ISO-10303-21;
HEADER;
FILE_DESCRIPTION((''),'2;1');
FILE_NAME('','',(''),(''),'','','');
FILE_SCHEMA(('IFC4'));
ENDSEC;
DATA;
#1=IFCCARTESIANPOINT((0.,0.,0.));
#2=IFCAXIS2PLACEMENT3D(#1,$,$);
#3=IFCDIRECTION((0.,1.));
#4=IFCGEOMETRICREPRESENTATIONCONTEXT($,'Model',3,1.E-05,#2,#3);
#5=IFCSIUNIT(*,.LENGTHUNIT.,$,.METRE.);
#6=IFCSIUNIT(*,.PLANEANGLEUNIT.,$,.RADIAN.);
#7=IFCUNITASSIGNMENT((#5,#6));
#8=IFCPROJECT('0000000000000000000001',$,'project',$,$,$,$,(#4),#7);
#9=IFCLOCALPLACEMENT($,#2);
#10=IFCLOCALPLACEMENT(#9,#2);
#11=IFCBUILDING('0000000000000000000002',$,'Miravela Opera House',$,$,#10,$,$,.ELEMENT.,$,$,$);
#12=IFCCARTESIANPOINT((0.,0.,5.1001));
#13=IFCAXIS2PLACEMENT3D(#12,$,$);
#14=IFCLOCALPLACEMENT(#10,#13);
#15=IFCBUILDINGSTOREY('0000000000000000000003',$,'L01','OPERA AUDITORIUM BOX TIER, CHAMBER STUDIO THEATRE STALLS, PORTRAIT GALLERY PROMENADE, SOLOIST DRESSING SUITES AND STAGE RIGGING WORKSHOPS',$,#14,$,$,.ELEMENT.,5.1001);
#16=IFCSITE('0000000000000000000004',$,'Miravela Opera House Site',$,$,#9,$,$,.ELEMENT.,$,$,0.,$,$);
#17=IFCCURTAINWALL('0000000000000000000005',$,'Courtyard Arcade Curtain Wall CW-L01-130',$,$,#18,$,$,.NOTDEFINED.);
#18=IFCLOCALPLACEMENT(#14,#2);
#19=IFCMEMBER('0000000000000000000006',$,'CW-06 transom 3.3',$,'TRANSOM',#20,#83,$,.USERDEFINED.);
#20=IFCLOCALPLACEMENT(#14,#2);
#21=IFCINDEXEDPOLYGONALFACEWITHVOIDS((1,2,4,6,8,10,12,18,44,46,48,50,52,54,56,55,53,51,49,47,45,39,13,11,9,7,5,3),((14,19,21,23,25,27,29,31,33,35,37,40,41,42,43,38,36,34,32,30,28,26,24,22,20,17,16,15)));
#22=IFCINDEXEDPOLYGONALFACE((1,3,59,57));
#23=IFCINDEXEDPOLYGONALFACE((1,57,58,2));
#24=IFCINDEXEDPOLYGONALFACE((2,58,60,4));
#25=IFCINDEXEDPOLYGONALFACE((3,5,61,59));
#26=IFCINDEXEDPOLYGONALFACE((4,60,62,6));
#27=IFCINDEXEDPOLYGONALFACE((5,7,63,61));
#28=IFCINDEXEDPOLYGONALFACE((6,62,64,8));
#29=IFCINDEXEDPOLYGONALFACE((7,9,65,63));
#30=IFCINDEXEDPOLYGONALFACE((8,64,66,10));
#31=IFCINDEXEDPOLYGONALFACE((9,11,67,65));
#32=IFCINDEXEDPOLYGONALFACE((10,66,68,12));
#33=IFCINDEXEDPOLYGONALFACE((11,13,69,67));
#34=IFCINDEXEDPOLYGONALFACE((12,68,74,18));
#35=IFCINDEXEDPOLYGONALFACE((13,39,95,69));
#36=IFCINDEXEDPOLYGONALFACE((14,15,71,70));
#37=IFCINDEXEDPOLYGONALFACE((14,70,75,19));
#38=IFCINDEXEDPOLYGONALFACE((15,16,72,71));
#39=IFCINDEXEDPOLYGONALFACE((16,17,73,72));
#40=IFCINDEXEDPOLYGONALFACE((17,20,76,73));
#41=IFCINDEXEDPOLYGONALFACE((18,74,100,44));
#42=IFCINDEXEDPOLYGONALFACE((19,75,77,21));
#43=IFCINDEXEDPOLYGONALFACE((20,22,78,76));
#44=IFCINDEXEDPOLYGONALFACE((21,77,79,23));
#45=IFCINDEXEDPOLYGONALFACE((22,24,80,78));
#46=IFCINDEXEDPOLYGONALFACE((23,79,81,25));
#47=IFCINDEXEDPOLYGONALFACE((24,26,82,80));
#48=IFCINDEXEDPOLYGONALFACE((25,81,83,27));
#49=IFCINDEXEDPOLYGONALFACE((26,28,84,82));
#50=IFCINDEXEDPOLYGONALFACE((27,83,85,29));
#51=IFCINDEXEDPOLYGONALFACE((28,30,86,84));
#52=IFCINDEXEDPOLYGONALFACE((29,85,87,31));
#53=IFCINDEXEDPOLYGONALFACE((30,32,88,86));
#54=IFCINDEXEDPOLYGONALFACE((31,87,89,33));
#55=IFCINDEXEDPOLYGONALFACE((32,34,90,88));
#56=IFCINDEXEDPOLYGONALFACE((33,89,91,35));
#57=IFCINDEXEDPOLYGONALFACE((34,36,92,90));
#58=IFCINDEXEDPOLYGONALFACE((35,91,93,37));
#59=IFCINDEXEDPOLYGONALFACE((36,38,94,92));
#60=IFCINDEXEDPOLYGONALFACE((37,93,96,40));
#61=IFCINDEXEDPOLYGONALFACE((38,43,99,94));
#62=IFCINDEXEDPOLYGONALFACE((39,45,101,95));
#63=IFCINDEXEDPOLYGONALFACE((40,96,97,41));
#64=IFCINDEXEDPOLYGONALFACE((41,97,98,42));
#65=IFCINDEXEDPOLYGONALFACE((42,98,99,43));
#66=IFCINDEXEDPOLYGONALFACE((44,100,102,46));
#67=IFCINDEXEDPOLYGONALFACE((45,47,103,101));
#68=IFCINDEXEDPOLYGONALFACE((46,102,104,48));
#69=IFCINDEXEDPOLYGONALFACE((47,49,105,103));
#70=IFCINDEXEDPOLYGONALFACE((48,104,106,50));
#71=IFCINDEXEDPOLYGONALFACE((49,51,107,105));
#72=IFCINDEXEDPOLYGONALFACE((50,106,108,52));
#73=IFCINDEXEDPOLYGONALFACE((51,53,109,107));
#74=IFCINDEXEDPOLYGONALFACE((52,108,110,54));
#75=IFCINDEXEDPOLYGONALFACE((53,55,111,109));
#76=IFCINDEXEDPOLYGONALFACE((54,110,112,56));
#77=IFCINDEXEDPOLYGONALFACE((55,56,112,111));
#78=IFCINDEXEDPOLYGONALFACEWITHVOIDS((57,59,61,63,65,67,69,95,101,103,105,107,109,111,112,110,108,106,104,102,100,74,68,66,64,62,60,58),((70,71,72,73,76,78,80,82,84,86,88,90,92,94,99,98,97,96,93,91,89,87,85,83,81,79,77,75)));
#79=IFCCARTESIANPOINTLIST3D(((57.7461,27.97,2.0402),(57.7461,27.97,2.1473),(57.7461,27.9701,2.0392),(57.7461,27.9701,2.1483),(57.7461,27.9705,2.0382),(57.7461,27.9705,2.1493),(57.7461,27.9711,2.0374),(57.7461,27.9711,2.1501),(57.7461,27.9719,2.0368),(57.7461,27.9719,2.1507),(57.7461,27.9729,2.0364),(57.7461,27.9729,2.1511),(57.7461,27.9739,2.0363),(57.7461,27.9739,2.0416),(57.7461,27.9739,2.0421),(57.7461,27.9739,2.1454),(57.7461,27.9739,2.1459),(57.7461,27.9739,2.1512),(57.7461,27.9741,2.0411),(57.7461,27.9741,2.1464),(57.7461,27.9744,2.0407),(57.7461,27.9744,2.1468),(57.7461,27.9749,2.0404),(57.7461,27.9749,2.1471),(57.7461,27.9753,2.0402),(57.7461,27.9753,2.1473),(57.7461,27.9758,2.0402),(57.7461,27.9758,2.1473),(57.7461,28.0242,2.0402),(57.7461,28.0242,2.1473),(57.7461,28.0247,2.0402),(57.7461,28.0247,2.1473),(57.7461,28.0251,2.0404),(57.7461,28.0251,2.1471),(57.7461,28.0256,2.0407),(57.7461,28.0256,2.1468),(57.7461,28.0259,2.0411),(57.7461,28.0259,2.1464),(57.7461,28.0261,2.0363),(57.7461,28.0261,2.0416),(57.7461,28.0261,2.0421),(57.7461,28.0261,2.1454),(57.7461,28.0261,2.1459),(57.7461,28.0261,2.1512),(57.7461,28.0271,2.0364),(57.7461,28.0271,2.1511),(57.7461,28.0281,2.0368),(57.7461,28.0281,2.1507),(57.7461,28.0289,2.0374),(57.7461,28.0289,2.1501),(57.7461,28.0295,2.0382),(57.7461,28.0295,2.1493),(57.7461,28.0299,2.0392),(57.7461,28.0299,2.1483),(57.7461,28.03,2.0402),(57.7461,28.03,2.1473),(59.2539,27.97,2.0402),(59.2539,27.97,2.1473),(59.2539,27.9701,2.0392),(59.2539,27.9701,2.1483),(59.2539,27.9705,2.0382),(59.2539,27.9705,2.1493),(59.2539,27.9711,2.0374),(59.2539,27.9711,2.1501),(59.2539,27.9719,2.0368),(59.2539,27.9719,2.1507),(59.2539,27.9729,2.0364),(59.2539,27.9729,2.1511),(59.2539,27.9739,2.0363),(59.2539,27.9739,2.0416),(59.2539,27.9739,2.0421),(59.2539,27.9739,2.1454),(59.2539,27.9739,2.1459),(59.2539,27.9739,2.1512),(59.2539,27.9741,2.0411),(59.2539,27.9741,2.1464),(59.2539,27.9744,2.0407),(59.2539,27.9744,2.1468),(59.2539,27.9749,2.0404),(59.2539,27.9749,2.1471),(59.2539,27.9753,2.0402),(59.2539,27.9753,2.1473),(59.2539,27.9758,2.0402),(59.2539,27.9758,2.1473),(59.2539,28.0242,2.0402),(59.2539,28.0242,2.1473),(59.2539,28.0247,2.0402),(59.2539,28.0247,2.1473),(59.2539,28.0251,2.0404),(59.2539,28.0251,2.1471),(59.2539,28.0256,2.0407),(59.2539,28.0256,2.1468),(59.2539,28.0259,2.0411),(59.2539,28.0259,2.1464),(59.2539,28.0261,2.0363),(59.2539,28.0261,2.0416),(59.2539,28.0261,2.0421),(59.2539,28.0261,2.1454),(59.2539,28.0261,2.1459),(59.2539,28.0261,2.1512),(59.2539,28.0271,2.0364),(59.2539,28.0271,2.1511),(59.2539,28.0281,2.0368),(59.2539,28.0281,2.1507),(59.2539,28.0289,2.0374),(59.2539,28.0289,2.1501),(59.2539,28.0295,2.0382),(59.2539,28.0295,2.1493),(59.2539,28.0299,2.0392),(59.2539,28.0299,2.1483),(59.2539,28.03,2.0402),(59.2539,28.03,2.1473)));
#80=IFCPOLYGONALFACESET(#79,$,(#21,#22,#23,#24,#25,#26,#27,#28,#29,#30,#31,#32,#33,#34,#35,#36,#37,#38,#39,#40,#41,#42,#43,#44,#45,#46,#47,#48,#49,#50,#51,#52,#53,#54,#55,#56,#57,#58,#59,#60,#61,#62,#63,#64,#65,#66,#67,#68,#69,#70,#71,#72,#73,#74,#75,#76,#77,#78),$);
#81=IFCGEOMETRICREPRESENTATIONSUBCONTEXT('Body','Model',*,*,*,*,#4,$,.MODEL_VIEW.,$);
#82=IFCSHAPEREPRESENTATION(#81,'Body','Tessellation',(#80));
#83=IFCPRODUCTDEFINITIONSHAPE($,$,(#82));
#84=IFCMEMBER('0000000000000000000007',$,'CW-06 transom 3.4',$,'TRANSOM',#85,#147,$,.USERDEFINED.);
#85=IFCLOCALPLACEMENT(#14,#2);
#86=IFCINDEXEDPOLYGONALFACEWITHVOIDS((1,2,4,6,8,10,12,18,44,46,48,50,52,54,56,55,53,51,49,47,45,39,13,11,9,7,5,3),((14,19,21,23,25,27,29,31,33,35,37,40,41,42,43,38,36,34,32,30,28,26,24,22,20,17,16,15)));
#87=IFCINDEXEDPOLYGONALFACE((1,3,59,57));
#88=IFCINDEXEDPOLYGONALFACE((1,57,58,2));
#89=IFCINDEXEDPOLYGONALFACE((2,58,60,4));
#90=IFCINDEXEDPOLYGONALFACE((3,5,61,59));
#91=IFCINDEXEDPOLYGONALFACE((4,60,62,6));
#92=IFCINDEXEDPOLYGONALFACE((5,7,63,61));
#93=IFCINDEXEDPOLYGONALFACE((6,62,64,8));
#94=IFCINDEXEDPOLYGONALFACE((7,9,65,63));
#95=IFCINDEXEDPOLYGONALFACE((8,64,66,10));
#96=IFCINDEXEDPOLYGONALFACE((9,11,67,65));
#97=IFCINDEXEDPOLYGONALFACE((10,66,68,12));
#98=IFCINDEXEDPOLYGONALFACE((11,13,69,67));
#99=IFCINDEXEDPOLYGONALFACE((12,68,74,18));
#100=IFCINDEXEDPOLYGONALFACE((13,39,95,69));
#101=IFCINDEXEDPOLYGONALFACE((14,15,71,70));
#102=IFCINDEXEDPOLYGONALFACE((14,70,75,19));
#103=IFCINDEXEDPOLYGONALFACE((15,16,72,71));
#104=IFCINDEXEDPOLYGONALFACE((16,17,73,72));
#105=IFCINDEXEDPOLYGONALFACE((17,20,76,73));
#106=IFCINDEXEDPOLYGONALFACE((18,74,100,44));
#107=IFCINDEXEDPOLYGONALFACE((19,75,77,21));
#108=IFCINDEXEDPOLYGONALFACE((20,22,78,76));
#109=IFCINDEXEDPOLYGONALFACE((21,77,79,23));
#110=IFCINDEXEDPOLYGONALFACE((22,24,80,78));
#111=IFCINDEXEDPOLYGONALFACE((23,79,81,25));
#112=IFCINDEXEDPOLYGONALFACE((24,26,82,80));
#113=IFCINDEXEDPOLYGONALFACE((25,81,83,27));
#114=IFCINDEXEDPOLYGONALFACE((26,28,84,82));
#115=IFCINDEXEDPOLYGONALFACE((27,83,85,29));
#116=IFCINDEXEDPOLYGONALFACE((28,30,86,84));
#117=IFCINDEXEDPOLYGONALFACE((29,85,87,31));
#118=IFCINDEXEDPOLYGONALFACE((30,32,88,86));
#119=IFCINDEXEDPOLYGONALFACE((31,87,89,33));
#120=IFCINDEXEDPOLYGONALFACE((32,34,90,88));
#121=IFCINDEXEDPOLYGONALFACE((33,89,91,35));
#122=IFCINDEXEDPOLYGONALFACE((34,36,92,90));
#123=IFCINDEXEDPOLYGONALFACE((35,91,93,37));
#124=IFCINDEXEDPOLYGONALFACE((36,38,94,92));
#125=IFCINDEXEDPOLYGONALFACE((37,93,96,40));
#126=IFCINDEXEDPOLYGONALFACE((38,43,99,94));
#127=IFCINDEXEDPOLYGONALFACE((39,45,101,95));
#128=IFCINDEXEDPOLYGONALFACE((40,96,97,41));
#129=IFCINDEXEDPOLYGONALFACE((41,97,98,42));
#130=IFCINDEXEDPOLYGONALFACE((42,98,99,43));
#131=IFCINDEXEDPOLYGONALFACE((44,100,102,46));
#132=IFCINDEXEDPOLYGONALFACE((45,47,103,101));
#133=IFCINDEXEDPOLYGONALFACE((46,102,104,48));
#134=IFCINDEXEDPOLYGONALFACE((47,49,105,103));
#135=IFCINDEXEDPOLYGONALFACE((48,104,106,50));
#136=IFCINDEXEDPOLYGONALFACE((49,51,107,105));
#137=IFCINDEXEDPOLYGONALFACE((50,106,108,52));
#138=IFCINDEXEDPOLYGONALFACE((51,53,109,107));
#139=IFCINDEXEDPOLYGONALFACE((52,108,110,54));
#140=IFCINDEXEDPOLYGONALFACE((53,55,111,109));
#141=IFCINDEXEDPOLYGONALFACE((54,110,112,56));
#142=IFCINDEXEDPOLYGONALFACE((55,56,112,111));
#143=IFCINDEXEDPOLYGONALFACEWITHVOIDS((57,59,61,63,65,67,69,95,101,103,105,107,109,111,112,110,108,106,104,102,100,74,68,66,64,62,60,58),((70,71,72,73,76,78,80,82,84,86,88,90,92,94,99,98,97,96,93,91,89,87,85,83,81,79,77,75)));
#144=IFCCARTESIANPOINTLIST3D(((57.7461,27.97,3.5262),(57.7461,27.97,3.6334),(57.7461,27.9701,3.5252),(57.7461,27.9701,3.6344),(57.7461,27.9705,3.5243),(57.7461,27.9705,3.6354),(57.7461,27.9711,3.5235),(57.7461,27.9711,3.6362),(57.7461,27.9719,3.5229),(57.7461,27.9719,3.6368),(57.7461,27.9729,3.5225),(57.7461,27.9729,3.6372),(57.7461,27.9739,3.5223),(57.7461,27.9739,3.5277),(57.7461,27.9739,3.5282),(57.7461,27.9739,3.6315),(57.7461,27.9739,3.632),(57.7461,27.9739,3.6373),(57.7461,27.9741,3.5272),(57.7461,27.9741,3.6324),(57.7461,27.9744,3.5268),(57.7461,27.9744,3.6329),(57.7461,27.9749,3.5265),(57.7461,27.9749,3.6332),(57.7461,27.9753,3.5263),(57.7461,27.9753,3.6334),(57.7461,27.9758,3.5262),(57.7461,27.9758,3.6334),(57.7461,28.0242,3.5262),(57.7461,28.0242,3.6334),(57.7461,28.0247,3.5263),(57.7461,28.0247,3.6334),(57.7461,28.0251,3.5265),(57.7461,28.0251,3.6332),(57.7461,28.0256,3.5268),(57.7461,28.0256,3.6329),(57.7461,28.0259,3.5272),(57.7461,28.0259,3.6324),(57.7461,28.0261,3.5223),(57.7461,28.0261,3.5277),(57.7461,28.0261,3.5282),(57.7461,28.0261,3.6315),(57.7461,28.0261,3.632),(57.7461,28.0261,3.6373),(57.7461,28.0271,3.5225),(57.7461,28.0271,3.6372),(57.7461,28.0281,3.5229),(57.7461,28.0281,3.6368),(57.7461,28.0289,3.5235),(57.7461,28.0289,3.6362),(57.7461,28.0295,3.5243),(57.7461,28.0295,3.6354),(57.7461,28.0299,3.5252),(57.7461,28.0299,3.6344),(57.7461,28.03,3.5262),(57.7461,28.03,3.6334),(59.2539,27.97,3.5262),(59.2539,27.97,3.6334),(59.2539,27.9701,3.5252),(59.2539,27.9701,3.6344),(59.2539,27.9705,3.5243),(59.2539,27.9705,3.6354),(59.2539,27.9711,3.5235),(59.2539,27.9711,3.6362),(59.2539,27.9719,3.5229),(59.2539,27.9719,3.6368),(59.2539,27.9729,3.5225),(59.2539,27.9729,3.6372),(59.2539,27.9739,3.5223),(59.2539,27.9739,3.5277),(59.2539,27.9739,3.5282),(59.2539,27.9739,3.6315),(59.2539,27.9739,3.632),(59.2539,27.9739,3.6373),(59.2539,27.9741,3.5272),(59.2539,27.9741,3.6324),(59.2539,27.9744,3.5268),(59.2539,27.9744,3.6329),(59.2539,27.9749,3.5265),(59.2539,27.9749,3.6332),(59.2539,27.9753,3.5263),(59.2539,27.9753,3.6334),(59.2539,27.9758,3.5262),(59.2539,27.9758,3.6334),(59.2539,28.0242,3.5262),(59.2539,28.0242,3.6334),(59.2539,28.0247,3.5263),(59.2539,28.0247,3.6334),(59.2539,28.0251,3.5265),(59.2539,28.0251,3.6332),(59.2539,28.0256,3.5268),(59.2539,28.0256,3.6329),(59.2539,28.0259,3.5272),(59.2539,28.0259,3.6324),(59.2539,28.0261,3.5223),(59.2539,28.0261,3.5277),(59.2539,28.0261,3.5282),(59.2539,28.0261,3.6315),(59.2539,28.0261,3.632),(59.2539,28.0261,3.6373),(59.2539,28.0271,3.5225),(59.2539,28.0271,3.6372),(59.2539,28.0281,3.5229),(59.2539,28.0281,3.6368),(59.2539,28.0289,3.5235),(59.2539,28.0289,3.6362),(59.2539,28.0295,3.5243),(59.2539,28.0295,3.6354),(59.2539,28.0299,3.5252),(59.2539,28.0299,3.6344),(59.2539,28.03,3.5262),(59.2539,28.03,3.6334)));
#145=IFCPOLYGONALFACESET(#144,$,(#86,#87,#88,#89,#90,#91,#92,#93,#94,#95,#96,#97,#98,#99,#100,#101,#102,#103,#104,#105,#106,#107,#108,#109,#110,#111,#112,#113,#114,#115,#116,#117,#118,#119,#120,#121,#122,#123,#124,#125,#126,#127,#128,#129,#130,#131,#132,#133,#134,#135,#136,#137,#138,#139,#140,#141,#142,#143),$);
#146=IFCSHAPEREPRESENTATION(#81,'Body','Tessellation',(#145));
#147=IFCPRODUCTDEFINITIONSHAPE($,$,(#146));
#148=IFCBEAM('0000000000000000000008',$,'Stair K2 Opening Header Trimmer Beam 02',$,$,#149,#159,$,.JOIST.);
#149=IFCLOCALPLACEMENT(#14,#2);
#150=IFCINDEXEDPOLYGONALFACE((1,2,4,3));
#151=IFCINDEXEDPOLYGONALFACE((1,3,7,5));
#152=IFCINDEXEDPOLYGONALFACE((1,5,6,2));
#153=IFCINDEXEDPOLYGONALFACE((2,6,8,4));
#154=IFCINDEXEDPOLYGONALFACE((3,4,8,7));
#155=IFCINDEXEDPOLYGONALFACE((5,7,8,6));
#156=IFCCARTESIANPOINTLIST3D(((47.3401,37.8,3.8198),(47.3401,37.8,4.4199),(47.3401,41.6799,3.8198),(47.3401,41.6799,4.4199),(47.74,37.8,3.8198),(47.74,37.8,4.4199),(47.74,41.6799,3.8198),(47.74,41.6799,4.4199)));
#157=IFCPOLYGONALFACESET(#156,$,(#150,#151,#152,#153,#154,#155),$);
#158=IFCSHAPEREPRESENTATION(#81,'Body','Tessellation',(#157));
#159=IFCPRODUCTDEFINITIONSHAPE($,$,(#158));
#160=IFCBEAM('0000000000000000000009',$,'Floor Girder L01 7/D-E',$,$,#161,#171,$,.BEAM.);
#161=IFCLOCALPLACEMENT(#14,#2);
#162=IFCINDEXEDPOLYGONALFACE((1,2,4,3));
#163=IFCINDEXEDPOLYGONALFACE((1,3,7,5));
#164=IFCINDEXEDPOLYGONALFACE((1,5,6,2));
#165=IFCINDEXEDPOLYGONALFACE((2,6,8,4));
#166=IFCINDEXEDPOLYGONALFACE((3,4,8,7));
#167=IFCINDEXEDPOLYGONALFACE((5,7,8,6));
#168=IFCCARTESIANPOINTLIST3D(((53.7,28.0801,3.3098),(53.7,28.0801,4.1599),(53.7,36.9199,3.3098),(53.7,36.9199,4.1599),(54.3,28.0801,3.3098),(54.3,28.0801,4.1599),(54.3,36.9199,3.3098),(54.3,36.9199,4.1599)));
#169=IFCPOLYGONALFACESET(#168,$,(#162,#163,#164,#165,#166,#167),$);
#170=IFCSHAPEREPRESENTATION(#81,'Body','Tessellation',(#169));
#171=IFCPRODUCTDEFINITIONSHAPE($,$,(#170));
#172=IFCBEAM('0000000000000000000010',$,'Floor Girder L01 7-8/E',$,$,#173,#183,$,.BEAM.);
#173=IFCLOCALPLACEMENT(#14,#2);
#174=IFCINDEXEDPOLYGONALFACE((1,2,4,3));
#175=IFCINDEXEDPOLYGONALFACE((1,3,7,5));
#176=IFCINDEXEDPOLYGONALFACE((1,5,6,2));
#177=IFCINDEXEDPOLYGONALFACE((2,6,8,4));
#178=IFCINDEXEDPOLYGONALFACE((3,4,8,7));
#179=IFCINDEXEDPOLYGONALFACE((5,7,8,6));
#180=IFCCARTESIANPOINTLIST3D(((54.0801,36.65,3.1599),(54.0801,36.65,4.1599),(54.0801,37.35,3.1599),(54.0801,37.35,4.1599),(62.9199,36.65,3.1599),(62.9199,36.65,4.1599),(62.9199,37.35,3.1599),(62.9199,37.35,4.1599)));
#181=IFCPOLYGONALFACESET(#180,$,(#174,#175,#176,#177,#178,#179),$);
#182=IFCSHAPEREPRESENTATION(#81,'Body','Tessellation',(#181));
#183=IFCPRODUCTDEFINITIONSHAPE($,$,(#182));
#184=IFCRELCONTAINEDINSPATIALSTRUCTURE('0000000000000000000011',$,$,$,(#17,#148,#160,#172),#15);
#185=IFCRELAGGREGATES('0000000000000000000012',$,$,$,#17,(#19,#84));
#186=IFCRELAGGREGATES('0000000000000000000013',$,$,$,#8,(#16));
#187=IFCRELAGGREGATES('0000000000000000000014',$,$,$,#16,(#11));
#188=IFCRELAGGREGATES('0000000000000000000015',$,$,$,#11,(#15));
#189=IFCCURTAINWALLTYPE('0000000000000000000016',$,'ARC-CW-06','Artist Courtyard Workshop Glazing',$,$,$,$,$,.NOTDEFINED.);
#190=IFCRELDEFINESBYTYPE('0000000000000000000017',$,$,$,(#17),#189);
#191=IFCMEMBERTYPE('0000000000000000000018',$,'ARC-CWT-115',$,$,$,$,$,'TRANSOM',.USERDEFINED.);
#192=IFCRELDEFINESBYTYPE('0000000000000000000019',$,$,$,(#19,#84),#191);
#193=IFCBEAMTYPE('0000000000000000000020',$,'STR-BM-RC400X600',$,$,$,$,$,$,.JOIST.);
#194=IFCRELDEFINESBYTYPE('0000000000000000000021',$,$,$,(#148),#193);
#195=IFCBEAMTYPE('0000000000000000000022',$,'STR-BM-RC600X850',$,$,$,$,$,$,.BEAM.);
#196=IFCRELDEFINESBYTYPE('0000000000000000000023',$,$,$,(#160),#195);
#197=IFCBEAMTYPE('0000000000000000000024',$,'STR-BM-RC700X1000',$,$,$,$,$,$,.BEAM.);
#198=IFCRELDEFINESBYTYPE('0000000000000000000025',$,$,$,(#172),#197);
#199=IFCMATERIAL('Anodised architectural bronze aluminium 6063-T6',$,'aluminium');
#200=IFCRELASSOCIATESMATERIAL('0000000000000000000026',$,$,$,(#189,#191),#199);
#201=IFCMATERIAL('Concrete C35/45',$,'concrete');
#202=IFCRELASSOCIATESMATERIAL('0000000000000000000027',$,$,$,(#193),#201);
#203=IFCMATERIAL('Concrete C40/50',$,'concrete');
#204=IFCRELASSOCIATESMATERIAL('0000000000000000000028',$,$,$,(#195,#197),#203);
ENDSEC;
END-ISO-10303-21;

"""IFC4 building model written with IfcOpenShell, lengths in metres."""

from ifc_helpers import new_model, si_unit, direction, frame, origin, origin_2d, place, context, subcontext, project, spatial, rectangle, hollow_rectangle, extrude, material, material_profile, profile_set, type_object, element, aggregate, save


model = new_model("IFC4")

# Units and contexts
model_context = context("Model", 3, precision=1e-05, world=origin(), true_north=direction((0.0, 1.0)))
body_context = subcontext(model_context, "Body", "Model", "MODEL_VIEW")
ifc_project = project(units=[si_unit("LENGTHUNIT", "METRE"), si_unit("PLANEANGLEUNIT", "RADIAN")], contexts=[model_context])

# Site, building, storey
site_placement = place(None, origin())
site = spatial("IfcSite", under=ifc_project, at=site_placement, Name="Miravela Opera House Site", CompositionType="ELEMENT", RefElevation=0.0)
building_placement = place(site_placement, origin())
building = spatial("IfcBuilding", under=site, at=building_placement, Name="Miravela Opera House", CompositionType="ELEMENT")
storey_placement = place(building_placement, frame((0.0, 0.0, 5.1001)))
storey = spatial("IfcBuildingStorey", under=building, at=storey_placement, Name="L01", Description="OPERA AUDITORIUM BOX TIER, CHAMBER STUDIO THEATRE STALLS, PORTRAIT GALLERY PROMENADE, SOLOIST DRESSING SUITES AND STAGE RIGGING WORKSHOPS", CompositionType="ELEMENT", Elevation=5.1001)

# Shared definitions
ifc_material_1 = material(Name="Concrete C40/50", Category="concrete")

# Curtain wall, members
ifc_material_2 = material(Name="Anodised architectural bronze aluminium 6063-T6", Category="aluminium")
curtain_wall_type = type_object("IfcCurtainWallType", Name="ARC-CW-06", Description="Artist Courtyard Workshop Glazing", PredefinedType="NOTDEFINED", material=ifc_material_2)
curtain_wall_placement = place(storey_placement, origin())
curtain_wall = element("IfcCurtainWall", 1, at=curtain_wall_placement, inside=storey, type_object=curtain_wall_type, Name="Courtyard Arcade Curtain Wall CW-L01-130", PredefinedType="NOTDEFINED")
ifc_material_profile_1 = material_profile(ifc_material_2, hollow_rectangle(XDim=0.0601, YDim=0.115, WallThickness=0.0039, InnerFilletRadius=0.002, OuterFilletRadius=0.0039, at=origin_2d()), Name="CWT-60X115")
ifc_profile_set_1 = profile_set([ifc_material_profile_1])
member_type_1 = type_object("IfcMemberType", Name="ARC-CWT-115", ElementType="TRANSOM", PredefinedType="USERDEFINED", material=ifc_profile_set_1)
member_1_placement = place(storey_placement, frame((57.7461, 28.0, 2.0938), z_axis=(1.0, 0.0, 0.0), x_axis=(0.0, 1.0, 0.0)))
member_1 = element("IfcMember", 2, at=member_1_placement, type_object=member_type_1, Name="CW-06 transom 3.3", ObjectType="TRANSOM", PredefinedType="USERDEFINED", context=body_context, shape_type="SweptSolid", body=[
    extrude(hollow_rectangle(XDim=0.0601, YDim=0.115, WallThickness=0.0039, InnerFilletRadius=0.002, OuterFilletRadius=0.0039, at=origin_2d()), origin(), (0.0, 0.0, 1.0), 1.5078),
])
member_2_placement = place(storey_placement, frame((57.7461, 28.0, 3.5798), z_axis=(1.0, 0.0, 0.0), x_axis=(0.0, 1.0, 0.0)))
member_2 = element("IfcMember", 3, at=member_2_placement, type_object=member_type_1, Name="CW-06 transom 3.4", ObjectType="TRANSOM", PredefinedType="USERDEFINED", context=body_context, shape_type="SweptSolid", body=[
    extrude(hollow_rectangle(XDim=0.0601, YDim=0.115, WallThickness=0.0039, InnerFilletRadius=0.002, OuterFilletRadius=0.0039, at=origin_2d()), origin(), (0.0, 0.0, 1.0), 1.5078),
])

# Beams
ifc_material_3 = material(Name="Concrete C35/45", Category="concrete")
ifc_material_profile_2 = material_profile(ifc_material_3, rectangle(XDim=0.3999, YDim=0.6001, at=origin_2d()), Name="RC-BM-400X600")
ifc_profile_set_2 = profile_set([ifc_material_profile_2])
beam_type_1 = type_object("IfcBeamType", Name="STR-BM-RC400X600", PredefinedType="JOIST", material=ifc_profile_set_2)
beam_1_placement = place(storey_placement, frame((47.54, 37.8, 4.1199), z_axis=(0.0, 1.0, 0.0), x_axis=(-1.0, 0.0, 0.0)))
element("IfcBeam", 4, at=beam_1_placement, inside=storey, type_object=beam_type_1, Name="Stair K2 Opening Header Trimmer Beam 02", PredefinedType="JOIST", context=body_context, shape_type="SweptSolid", body=[
    extrude(rectangle(XDim=0.3999, YDim=0.6001, at=origin_2d()), origin(), (0.0, 0.0, 1.0), 3.8799),
])
ifc_material_profile_3 = material_profile(ifc_material_1, rectangle(XDim=0.6001, YDim=0.8501, at=origin_2d()), Name="RC-BM-600X850")
ifc_profile_set_3 = profile_set([ifc_material_profile_3])
beam_type_2 = type_object("IfcBeamType", Name="STR-BM-RC600X850", PredefinedType="BEAM", material=ifc_profile_set_3)
beam_2_placement = place(storey_placement, frame((54.0, 28.0801, 3.7349), z_axis=(0.0, 1.0, 0.0), x_axis=(-1.0, 0.0, 0.0)))
element("IfcBeam", 5, at=beam_2_placement, inside=storey, type_object=beam_type_2, Name="Floor Girder L01 7/D-E", PredefinedType="BEAM", context=body_context, shape_type="SweptSolid", body=[
    extrude(rectangle(XDim=0.6001, YDim=0.8501, at=origin_2d()), origin(), (0.0, 0.0, 1.0), 8.8398),
])
ifc_material_profile_4 = material_profile(ifc_material_1, rectangle(XDim=0.7, YDim=1.0, at=origin_2d()), Name="RC-BM-700X1000")
ifc_profile_set_4 = profile_set([ifc_material_profile_4])
beam_type_3 = type_object("IfcBeamType", Name="STR-BM-RC700X1000", PredefinedType="BEAM", material=ifc_profile_set_4)
beam_3_placement = place(storey_placement, frame((54.0801, 37.0, 3.6599), z_axis=(1.0, 0.0, 0.0), x_axis=(0.0, 1.0, 0.0)))
element("IfcBeam", 6, at=beam_3_placement, inside=storey, type_object=beam_type_3, Name="Floor Girder L01 7-8/E", PredefinedType="BEAM", context=body_context, shape_type="SweptSolid", body=[
    extrude(rectangle(XDim=0.7, YDim=1.0, at=origin_2d()), origin(), (0.0, 0.0, 1.0), 8.8398),
])

aggregate(curtain_wall, [member_1, member_2])

save(model, "model.ifc")
